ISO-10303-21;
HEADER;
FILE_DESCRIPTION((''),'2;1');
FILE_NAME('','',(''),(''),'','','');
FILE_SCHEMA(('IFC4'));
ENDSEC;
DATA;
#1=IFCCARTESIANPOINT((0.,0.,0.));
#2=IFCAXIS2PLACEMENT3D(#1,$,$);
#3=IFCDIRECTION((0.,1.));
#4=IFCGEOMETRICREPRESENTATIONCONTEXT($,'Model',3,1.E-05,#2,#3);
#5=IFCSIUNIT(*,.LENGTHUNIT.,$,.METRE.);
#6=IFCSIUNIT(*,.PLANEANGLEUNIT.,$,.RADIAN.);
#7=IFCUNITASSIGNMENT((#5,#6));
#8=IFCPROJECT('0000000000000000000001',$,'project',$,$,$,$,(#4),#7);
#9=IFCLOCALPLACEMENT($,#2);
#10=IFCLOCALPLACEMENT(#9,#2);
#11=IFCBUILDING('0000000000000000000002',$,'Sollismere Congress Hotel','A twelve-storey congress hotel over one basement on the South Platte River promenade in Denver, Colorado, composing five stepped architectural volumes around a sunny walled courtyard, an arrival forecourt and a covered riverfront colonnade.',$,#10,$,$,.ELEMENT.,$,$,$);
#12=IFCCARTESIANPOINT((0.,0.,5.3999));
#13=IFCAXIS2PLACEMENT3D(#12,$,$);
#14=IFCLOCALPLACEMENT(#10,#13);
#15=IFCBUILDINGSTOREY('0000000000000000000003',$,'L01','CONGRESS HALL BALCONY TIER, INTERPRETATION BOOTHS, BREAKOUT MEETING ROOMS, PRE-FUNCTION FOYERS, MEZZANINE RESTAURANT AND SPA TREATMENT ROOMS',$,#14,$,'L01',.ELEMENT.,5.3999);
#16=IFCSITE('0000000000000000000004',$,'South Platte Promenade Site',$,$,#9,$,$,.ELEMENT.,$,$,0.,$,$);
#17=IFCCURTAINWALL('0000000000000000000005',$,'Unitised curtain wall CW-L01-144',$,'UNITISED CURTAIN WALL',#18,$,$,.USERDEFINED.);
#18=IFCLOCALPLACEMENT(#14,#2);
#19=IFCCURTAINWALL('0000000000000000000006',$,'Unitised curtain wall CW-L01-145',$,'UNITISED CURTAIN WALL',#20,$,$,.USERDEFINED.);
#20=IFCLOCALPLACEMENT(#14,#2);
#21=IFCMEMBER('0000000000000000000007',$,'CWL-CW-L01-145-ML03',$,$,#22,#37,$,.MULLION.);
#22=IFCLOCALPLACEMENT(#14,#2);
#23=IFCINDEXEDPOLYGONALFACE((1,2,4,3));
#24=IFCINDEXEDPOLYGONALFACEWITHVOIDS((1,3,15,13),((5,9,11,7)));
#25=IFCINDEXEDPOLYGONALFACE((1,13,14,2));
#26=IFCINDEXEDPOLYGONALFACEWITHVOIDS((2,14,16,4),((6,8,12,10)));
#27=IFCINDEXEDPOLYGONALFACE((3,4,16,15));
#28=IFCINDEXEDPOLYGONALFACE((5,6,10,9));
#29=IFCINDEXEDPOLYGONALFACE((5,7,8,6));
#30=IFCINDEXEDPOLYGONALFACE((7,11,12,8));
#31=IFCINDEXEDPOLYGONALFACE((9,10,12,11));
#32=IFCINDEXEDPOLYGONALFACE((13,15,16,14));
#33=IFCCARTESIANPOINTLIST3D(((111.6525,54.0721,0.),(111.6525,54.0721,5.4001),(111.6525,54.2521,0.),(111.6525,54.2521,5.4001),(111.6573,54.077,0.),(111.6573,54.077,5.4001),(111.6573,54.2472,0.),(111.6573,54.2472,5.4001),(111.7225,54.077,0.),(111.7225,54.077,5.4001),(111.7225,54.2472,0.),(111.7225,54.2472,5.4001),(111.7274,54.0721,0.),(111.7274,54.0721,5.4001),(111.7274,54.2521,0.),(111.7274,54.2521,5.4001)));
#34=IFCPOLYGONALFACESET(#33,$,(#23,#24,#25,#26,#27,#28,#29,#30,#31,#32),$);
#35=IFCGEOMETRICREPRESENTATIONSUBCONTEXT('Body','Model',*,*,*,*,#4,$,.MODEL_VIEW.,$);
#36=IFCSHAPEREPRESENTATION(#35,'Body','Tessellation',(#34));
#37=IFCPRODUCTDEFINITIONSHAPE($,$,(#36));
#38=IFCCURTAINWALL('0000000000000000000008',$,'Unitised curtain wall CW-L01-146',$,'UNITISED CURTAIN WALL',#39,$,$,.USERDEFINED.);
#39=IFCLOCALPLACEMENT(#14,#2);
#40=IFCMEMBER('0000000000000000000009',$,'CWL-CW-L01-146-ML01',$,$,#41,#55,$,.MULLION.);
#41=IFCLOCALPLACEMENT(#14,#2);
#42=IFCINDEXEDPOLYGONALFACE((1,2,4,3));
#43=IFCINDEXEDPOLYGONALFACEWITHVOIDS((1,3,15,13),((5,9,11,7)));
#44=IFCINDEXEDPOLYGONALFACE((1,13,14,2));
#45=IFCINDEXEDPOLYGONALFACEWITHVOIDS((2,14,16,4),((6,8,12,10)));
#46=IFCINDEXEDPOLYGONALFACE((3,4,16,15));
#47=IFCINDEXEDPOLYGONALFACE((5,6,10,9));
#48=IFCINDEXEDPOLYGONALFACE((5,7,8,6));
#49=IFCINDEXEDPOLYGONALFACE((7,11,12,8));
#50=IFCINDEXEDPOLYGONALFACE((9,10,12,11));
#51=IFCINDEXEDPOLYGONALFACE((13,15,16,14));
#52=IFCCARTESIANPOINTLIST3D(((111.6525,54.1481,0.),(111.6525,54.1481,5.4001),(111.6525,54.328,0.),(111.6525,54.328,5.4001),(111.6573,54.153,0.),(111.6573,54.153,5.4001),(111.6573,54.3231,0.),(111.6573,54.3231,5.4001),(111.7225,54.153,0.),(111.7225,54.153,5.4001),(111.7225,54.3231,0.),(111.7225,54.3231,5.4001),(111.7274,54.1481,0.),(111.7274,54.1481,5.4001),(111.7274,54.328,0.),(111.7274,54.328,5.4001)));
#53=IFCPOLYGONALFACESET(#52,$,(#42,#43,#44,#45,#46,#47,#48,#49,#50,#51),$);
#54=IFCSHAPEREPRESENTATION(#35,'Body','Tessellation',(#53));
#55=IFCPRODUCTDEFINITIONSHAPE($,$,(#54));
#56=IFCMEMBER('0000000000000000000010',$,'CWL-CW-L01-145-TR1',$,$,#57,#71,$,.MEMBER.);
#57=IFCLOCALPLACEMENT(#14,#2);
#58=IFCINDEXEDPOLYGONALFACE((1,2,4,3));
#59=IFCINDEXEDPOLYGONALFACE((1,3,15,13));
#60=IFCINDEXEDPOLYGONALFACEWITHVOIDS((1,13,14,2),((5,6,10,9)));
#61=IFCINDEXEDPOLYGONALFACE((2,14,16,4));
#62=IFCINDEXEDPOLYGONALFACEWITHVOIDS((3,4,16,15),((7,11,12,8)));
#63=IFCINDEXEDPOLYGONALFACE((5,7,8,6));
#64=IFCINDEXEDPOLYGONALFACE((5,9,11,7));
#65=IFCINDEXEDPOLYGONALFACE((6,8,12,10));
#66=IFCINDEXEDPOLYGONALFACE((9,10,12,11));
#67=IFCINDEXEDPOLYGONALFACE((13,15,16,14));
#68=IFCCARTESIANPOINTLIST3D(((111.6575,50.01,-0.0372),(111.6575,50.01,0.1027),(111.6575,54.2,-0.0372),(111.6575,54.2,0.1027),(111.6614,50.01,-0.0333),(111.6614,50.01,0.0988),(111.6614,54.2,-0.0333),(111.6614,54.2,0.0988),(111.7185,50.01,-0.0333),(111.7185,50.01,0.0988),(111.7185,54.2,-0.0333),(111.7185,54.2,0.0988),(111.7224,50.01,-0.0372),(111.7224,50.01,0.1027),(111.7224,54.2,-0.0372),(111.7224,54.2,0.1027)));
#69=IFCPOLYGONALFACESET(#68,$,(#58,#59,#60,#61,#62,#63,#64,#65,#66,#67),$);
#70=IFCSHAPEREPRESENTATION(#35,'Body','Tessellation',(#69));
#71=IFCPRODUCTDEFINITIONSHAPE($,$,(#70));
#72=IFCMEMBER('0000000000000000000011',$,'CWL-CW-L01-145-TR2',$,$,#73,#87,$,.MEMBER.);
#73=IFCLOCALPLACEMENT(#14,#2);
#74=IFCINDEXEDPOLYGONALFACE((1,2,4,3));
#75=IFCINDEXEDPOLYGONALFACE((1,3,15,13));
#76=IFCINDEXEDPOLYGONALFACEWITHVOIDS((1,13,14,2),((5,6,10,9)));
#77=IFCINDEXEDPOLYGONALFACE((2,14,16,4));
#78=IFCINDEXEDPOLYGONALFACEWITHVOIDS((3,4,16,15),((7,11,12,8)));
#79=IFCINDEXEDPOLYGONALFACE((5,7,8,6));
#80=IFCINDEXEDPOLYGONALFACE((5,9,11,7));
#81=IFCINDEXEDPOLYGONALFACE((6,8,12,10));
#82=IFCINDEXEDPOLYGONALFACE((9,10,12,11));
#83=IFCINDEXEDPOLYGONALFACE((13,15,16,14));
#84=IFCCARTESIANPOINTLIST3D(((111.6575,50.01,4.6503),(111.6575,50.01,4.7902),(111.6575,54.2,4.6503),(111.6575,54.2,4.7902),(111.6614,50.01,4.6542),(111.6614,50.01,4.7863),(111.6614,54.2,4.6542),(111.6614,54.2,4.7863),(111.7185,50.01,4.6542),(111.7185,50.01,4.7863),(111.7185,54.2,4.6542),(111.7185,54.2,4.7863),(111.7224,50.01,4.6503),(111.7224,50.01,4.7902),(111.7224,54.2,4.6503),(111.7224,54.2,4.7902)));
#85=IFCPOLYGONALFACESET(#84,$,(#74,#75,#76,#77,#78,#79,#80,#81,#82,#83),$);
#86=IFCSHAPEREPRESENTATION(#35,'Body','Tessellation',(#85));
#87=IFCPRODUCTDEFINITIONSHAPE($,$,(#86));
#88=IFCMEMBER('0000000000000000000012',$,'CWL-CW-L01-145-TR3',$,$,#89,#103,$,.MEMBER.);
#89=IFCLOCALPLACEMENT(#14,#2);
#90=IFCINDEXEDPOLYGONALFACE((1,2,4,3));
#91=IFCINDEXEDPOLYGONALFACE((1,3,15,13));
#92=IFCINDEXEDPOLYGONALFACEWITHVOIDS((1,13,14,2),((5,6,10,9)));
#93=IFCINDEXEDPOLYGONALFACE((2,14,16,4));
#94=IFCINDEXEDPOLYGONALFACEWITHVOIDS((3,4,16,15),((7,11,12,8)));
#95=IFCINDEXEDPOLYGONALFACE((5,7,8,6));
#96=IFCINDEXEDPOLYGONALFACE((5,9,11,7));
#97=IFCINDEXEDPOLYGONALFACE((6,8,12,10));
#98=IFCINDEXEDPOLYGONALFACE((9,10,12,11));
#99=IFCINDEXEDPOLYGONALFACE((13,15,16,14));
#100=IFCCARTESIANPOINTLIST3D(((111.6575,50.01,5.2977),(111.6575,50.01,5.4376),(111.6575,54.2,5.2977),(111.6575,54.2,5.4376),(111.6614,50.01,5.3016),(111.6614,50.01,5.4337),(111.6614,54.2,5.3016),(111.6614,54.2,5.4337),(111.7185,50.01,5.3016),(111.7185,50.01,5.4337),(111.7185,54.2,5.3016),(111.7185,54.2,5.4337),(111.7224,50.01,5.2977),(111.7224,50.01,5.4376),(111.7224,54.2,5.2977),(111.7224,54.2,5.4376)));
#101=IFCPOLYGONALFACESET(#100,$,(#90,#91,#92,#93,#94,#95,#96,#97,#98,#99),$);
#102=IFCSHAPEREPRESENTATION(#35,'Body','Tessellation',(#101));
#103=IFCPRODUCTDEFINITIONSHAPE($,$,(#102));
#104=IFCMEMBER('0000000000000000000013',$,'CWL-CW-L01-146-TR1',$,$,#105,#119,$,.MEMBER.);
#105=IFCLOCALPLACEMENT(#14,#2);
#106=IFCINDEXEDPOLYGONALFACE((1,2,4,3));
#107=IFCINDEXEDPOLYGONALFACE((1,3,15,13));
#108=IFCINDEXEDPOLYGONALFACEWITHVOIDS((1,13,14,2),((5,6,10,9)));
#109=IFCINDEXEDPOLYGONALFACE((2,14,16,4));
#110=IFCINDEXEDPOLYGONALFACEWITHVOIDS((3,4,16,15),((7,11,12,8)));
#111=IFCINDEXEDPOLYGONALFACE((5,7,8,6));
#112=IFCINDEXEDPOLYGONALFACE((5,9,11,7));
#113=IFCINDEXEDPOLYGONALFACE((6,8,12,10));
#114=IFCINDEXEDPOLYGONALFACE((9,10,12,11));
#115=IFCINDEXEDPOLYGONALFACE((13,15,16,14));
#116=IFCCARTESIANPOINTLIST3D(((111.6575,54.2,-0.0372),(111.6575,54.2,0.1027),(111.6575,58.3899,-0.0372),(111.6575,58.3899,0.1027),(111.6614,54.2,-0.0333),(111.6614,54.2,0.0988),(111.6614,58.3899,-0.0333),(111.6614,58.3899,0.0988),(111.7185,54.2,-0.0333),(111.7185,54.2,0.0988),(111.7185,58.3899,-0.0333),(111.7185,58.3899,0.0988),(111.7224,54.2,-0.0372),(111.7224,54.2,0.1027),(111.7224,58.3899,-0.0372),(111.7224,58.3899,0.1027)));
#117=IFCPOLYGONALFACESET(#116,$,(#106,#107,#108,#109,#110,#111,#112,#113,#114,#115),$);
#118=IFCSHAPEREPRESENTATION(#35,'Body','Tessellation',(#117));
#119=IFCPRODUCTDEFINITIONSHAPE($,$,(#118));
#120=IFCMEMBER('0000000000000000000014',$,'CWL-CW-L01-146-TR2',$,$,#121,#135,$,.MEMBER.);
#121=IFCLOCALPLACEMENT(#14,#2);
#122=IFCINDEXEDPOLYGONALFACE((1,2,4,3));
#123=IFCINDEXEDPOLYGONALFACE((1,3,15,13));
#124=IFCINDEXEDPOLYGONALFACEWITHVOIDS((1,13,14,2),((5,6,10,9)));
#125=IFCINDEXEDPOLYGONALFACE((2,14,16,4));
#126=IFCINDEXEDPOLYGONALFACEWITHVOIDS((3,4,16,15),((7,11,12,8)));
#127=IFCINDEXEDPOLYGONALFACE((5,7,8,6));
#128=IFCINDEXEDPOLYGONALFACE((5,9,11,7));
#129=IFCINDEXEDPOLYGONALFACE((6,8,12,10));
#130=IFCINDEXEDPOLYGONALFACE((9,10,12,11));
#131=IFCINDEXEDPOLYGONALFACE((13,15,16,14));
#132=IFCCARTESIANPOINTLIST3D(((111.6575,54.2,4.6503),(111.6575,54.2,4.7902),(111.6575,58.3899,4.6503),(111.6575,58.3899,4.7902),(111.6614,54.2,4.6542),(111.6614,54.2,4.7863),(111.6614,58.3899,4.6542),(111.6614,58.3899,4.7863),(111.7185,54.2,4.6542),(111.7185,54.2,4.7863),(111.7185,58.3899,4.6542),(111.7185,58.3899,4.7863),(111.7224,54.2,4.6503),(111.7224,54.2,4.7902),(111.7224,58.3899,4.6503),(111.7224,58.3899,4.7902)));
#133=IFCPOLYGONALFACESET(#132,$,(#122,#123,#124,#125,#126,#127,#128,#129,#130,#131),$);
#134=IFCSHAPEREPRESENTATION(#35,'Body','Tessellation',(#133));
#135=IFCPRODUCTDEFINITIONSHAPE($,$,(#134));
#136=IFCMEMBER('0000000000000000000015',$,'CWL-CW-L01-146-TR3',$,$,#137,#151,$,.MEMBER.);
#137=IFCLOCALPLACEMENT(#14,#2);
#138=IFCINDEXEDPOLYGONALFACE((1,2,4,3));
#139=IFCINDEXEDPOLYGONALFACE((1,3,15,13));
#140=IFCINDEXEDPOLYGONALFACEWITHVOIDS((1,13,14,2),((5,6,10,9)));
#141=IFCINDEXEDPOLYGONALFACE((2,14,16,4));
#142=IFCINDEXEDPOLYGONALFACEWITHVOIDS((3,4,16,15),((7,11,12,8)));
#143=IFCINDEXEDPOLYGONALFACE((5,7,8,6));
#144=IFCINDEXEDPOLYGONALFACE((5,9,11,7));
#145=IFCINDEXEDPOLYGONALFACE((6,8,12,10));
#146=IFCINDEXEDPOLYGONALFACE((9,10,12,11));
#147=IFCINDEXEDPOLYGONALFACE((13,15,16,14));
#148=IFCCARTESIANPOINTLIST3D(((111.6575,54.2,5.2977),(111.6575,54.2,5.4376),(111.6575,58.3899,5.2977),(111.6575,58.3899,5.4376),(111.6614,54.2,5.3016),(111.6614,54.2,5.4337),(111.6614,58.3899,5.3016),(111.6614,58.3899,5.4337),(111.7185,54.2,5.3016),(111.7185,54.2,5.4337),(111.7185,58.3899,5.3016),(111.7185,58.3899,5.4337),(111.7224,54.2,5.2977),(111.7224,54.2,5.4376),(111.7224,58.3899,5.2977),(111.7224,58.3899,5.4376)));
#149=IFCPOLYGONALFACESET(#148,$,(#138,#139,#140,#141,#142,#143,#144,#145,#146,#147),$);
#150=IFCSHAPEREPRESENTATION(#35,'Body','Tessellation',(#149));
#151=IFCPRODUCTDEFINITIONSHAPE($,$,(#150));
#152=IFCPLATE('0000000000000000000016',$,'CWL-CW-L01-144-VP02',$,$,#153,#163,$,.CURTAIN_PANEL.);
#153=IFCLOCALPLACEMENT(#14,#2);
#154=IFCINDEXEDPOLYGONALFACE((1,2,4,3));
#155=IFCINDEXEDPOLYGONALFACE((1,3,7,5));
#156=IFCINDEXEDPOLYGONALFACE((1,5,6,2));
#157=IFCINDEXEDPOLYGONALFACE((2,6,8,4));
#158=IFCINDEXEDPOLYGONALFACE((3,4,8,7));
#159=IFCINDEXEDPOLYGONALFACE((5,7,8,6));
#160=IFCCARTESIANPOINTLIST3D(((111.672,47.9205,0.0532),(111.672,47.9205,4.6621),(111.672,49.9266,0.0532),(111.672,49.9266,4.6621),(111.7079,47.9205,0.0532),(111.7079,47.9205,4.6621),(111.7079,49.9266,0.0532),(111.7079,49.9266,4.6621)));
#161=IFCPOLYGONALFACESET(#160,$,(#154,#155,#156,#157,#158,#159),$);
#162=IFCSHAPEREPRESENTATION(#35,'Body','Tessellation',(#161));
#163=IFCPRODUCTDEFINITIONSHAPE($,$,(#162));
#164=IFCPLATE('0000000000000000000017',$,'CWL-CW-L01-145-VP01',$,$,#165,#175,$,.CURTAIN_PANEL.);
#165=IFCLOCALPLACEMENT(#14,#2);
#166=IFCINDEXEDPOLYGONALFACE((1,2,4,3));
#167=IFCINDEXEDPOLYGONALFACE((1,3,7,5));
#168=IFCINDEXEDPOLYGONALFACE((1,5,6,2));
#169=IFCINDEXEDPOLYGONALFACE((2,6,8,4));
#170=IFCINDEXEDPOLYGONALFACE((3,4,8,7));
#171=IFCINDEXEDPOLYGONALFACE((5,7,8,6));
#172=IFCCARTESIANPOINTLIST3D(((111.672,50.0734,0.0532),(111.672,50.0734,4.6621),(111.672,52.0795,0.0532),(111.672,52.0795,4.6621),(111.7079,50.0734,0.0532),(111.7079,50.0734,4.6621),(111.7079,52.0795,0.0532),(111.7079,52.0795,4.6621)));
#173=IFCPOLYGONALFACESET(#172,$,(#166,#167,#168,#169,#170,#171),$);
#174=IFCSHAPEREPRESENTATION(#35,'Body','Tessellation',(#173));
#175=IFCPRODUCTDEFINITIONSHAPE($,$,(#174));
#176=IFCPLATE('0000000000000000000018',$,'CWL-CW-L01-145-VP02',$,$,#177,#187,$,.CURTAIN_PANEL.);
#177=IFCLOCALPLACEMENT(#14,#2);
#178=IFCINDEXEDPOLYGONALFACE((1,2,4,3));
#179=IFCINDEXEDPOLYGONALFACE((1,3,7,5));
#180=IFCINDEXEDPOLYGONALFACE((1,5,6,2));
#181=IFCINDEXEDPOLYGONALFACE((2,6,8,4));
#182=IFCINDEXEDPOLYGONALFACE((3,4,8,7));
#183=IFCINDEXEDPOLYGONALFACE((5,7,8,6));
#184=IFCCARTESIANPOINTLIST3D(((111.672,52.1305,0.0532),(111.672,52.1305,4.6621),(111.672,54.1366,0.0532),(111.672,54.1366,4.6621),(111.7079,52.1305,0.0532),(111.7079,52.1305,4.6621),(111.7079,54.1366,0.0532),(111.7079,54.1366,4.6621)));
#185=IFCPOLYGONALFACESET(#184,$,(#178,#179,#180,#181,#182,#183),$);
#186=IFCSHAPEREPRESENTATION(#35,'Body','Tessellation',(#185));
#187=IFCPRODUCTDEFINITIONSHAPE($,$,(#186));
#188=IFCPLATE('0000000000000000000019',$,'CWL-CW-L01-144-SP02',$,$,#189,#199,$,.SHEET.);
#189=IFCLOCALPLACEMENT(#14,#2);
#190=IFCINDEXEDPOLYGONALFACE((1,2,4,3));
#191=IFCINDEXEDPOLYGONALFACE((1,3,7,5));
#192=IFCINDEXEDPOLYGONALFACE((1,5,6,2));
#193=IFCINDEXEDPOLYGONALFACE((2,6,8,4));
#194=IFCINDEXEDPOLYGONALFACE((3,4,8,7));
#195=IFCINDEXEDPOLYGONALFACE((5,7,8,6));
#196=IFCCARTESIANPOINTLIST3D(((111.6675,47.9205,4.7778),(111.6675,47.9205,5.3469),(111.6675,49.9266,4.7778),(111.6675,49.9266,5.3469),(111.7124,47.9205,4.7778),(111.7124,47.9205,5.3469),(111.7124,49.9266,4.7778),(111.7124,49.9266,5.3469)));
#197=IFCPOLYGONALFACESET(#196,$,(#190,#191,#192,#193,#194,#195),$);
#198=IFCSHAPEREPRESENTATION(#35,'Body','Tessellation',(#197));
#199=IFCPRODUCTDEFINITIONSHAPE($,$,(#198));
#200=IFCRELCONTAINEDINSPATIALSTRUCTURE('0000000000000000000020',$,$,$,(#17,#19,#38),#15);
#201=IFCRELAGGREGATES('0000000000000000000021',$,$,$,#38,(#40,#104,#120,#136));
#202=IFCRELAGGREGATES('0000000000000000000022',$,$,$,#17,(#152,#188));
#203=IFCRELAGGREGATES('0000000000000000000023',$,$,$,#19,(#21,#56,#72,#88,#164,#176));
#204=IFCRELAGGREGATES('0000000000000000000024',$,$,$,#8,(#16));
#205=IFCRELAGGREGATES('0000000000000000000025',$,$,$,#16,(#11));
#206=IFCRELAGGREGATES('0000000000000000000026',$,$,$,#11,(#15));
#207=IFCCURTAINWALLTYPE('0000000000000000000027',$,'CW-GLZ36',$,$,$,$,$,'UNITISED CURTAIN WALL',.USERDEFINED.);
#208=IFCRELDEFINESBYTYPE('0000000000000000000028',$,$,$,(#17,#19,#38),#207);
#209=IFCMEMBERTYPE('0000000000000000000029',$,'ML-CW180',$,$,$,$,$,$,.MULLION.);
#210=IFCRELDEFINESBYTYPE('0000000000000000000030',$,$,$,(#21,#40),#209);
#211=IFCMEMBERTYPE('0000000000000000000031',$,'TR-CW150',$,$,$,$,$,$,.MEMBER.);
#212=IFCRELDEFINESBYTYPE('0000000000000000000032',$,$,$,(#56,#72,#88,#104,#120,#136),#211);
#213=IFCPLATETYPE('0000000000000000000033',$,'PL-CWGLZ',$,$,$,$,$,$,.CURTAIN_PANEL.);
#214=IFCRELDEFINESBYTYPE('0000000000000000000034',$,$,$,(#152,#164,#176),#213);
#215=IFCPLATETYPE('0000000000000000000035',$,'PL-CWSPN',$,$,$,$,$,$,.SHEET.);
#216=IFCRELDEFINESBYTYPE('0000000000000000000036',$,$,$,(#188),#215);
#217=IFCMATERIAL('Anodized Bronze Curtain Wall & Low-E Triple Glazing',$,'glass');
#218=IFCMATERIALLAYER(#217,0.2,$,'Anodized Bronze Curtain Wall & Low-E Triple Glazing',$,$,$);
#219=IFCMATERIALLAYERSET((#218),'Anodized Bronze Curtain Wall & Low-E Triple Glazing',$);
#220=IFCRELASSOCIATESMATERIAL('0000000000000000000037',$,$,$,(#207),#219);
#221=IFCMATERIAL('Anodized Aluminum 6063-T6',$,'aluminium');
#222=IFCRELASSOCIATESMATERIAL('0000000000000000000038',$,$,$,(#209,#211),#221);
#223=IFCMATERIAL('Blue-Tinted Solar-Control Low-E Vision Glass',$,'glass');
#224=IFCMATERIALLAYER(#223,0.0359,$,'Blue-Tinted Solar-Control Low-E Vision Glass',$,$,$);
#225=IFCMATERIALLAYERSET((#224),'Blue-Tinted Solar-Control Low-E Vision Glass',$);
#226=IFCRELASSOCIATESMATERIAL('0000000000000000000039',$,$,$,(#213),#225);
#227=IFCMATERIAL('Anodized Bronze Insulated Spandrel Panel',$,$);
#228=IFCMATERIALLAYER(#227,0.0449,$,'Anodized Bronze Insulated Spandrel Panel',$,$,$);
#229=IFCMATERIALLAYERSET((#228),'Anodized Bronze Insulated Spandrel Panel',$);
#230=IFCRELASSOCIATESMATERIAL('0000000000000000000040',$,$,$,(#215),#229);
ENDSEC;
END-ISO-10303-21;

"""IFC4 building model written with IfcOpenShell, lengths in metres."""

from ifc_helpers import new_model, si_unit, direction, frame, origin, origin_2d, place, context, subcontext, project, spatial, rectangle, hollow_rectangle, extrude, material, layer, layer_set, material_profile, profile_set, type_object, element, aggregate, save


model = new_model("IFC4")

# Units and contexts
model_context = context("Model", 3, precision=1e-05, world=origin(), true_north=direction((0.0, 1.0)))
body_context = subcontext(model_context, "Body", "Model", "MODEL_VIEW")
ifc_project = project(units=[si_unit("LENGTHUNIT", "METRE"), si_unit("PLANEANGLEUNIT", "RADIAN")], contexts=[model_context])

# Site, building, storey
site_placement = place(None, origin())
site = spatial("IfcSite", under=ifc_project, at=site_placement, Name="South Platte Promenade Site", CompositionType="ELEMENT", RefElevation=0.0)
building_placement = place(site_placement, origin())
building = spatial("IfcBuilding", under=site, at=building_placement, Name="Sollismere Congress Hotel", Description="A twelve-storey congress hotel over one basement on the South Platte River promenade in Denver, Colorado, composing five stepped architectural volumes around a sunny walled courtyard, an arrival forecourt and a covered riverfront colonnade.", CompositionType="ELEMENT")
storey_placement = place(building_placement, frame((0.0, 0.0, 5.3999)))
storey = spatial("IfcBuildingStorey", under=building, at=storey_placement, Name="L01", Description="CONGRESS HALL BALCONY TIER, INTERPRETATION BOOTHS, BREAKOUT MEETING ROOMS, PRE-FUNCTION FOYERS, MEZZANINE RESTAURANT AND SPA TREATMENT ROOMS", LongName="L01", CompositionType="ELEMENT", Elevation=5.3999)

# Curtain wall
ifc_material_1 = material(Name="Anodized Bronze Curtain Wall & Low-E Triple Glazing", Category="glass")
ifc_layer_1 = layer(ifc_material_1, 0.2, Name="Anodized Bronze Curtain Wall & Low-E Triple Glazing")
ifc_layer_set_1 = layer_set([ifc_layer_1], Name="Anodized Bronze Curtain Wall & Low-E Triple Glazing")
curtain_wall_type = type_object("IfcCurtainWallType", Name="CW-GLZ36", ElementType="UNITISED CURTAIN WALL", PredefinedType="USERDEFINED", material=ifc_layer_set_1)
curtain_wall_1_placement = place(storey_placement, origin())
curtain_wall_1 = element("IfcCurtainWall", 1, at=curtain_wall_1_placement, inside=storey, type_object=curtain_wall_type, Name="Unitised curtain wall CW-L01-144", ObjectType="UNITISED CURTAIN WALL", PredefinedType="USERDEFINED")
ifc_material_2 = material(Name="Anodized Aluminum 6063-T6", Category="aluminium")
ifc_material_profile_1 = material_profile(ifc_material_2, hollow_rectangle(XDim=0.075, YDim=0.1799, WallThickness=0.0049, at=origin_2d()), Name="ALU180X75X5")
ifc_profile_set_1 = profile_set([ifc_material_profile_1], Name="Anodized Aluminum 6063-T6")
member_type_1 = type_object("IfcMemberType", Name="ML-CW180", PredefinedType="MULLION", material=ifc_profile_set_1)

# Curtain wall, member
curtain_wall_2_placement = place(storey_placement, origin())
curtain_wall_2 = element("IfcCurtainWall", 2, at=curtain_wall_2_placement, inside=storey, type_object=curtain_wall_type, Name="Unitised curtain wall CW-L01-145", ObjectType="UNITISED CURTAIN WALL", PredefinedType="USERDEFINED")
member_1_placement = place(storey_placement, frame((111.6899, 54.1621, 0.0), z_axis=(0.0, 0.0, 1.0), x_axis=(-1.0, 0.0, 0.0)))
member_1 = element("IfcMember", 3, at=member_1_placement, type_object=member_type_1, Name="CWL-CW-L01-145-ML03", PredefinedType="MULLION", context=body_context, shape_type="SweptSolid", body=[
    extrude(hollow_rectangle(XDim=0.075, YDim=0.1799, WallThickness=0.0049, at=origin_2d()), origin(), (0.0, 0.0, 1.0), 5.4001),
])

# Curtain wall, member
curtain_wall_3_placement = place(storey_placement, origin())
curtain_wall_3 = element("IfcCurtainWall", 4, at=curtain_wall_3_placement, inside=storey, type_object=curtain_wall_type, Name="Unitised curtain wall CW-L01-146", ObjectType="UNITISED CURTAIN WALL", PredefinedType="USERDEFINED")
member_2_placement = place(storey_placement, frame((111.6899, 54.238, 0.0), z_axis=(0.0, 0.0, 1.0), x_axis=(-1.0, 0.0, 0.0)))
member_2 = element("IfcMember", 5, at=member_2_placement, type_object=member_type_1, Name="CWL-CW-L01-146-ML01", PredefinedType="MULLION", context=body_context, shape_type="SweptSolid", body=[
    extrude(hollow_rectangle(XDim=0.075, YDim=0.1799, WallThickness=0.0049, at=origin_2d()), origin(), (0.0, 0.0, 1.0), 5.4001),
])

# Members
ifc_material_profile_2 = material_profile(ifc_material_2, hollow_rectangle(XDim=0.0649, YDim=0.1399, WallThickness=0.0039, at=origin_2d()), Name="ALU140X65X4")
ifc_profile_set_2 = profile_set([ifc_material_profile_2], Name="Anodized Aluminum 6063-T6")
member_type_2 = type_object("IfcMemberType", Name="TR-CW150", PredefinedType="MEMBER", material=ifc_profile_set_2)
member_3_placement = place(storey_placement, frame((111.6899, 50.01, 0.0327), z_axis=(0.0, 1.0, 0.0), x_axis=(-1.0, 0.0, 0.0)))
member_3 = element("IfcMember", 6, at=member_3_placement, type_object=member_type_2, Name="CWL-CW-L01-145-TR1", PredefinedType="MEMBER", context=body_context, shape_type="SweptSolid", body=[
    extrude(hollow_rectangle(XDim=0.0649, YDim=0.1399, WallThickness=0.0039, at=origin_2d()), origin(), (0.0, 0.0, 1.0), 4.1899),
])
member_4_placement = place(storey_placement, frame((111.6899, 50.01, 4.7202), z_axis=(0.0, 1.0, 0.0), x_axis=(-1.0, 0.0, 0.0)))
member_4 = element("IfcMember", 7, at=member_4_placement, type_object=member_type_2, Name="CWL-CW-L01-145-TR2", PredefinedType="MEMBER", context=body_context, shape_type="SweptSolid", body=[
    extrude(hollow_rectangle(XDim=0.0649, YDim=0.1399, WallThickness=0.0039, at=origin_2d()), origin(), (0.0, 0.0, 1.0), 4.1899),
])
member_5_placement = place(storey_placement, frame((111.6899, 50.01, 5.3677), z_axis=(0.0, 1.0, 0.0), x_axis=(-1.0, 0.0, 0.0)))
member_5 = element("IfcMember", 8, at=member_5_placement, type_object=member_type_2, Name="CWL-CW-L01-145-TR3", PredefinedType="MEMBER", context=body_context, shape_type="SweptSolid", body=[
    extrude(hollow_rectangle(XDim=0.0649, YDim=0.1399, WallThickness=0.0039, at=origin_2d()), origin(), (0.0, 0.0, 1.0), 4.1899),
])
member_6_placement = place(storey_placement, frame((111.6899, 54.2, 0.0327), z_axis=(0.0, 1.0, 0.0), x_axis=(-1.0, 0.0, 0.0)))
member_6 = element("IfcMember", 9, at=member_6_placement, type_object=member_type_2, Name="CWL-CW-L01-146-TR1", PredefinedType="MEMBER", context=body_context, shape_type="SweptSolid", body=[
    extrude(hollow_rectangle(XDim=0.0649, YDim=0.1399, WallThickness=0.0039, at=origin_2d()), origin(), (0.0, 0.0, 1.0), 4.1899),
])
member_7_placement = place(storey_placement, frame((111.6899, 54.2, 4.7202), z_axis=(0.0, 1.0, 0.0), x_axis=(-1.0, 0.0, 0.0)))
member_7 = element("IfcMember", 10, at=member_7_placement, type_object=member_type_2, Name="CWL-CW-L01-146-TR2", PredefinedType="MEMBER", context=body_context, shape_type="SweptSolid", body=[
    extrude(hollow_rectangle(XDim=0.0649, YDim=0.1399, WallThickness=0.0039, at=origin_2d()), origin(), (0.0, 0.0, 1.0), 4.1899),
])
member_8_placement = place(storey_placement, frame((111.6899, 54.2, 5.3677), z_axis=(0.0, 1.0, 0.0), x_axis=(-1.0, 0.0, 0.0)))
member_8 = element("IfcMember", 11, at=member_8_placement, type_object=member_type_2, Name="CWL-CW-L01-146-TR3", PredefinedType="MEMBER", context=body_context, shape_type="SweptSolid", body=[
    extrude(hollow_rectangle(XDim=0.0649, YDim=0.1399, WallThickness=0.0039, at=origin_2d()), origin(), (0.0, 0.0, 1.0), 4.1899),
])
aggregate(curtain_wall_3, [member_2, member_6, member_7, member_8])

# Plates
ifc_material_3 = material(Name="Blue-Tinted Solar-Control Low-E Vision Glass", Category="glass")
ifc_layer_2 = layer(ifc_material_3, 0.0359, Name="Blue-Tinted Solar-Control Low-E Vision Glass")
ifc_layer_set_2 = layer_set([ifc_layer_2], Name="Blue-Tinted Solar-Control Low-E Vision Glass")
plate_type_1 = type_object("IfcPlateType", Name="PL-CWGLZ", PredefinedType="CURTAIN_PANEL", material=ifc_layer_set_2)
plate_1_placement = place(storey_placement, frame((111.6899, 48.9236, 0.0532), z_axis=(0.0, 0.0, 1.0), x_axis=(0.0, 1.0, 0.0)))
plate_1 = element("IfcPlate", 12, at=plate_1_placement, type_object=plate_type_1, Name="CWL-CW-L01-144-VP02", PredefinedType="CURTAIN_PANEL", context=body_context, shape_type="SweptSolid", body=[
    extrude(rectangle(XDim=2.0061, YDim=0.0359, at=origin_2d()), origin(), (0.0, 0.0, 1.0), 4.6089),
])
plate_2_placement = place(storey_placement, frame((111.6899, 51.0764, 0.0532), z_axis=(0.0, 0.0, 1.0), x_axis=(0.0, 1.0, 0.0)))
plate_2 = element("IfcPlate", 13, at=plate_2_placement, type_object=plate_type_1, Name="CWL-CW-L01-145-VP01", PredefinedType="CURTAIN_PANEL", context=body_context, shape_type="SweptSolid", body=[
    extrude(rectangle(XDim=2.0061, YDim=0.0359, at=origin_2d()), origin(), (0.0, 0.0, 1.0), 4.6089),
])
plate_3_placement = place(storey_placement, frame((111.6899, 53.1335, 0.0532), z_axis=(0.0, 0.0, 1.0), x_axis=(0.0, 1.0, 0.0)))
plate_3 = element("IfcPlate", 14, at=plate_3_placement, type_object=plate_type_1, Name="CWL-CW-L01-145-VP02", PredefinedType="CURTAIN_PANEL", context=body_context, shape_type="SweptSolid", body=[
    extrude(rectangle(XDim=2.0061, YDim=0.0359, at=origin_2d()), origin(), (0.0, 0.0, 1.0), 4.6089),
])
ifc_material_4 = material(Name="Anodized Bronze Insulated Spandrel Panel")
ifc_layer_3 = layer(ifc_material_4, 0.0449, Name="Anodized Bronze Insulated Spandrel Panel")
ifc_layer_set_3 = layer_set([ifc_layer_3], Name="Anodized Bronze Insulated Spandrel Panel")
plate_type_2 = type_object("IfcPlateType", Name="PL-CWSPN", PredefinedType="SHEET", material=ifc_layer_set_3)
plate_4_placement = place(storey_placement, frame((111.6899, 48.9236, 4.7778), z_axis=(0.0, 0.0, 1.0), x_axis=(0.0, 1.0, 0.0)))
plate_4 = element("IfcPlate", 15, at=plate_4_placement, type_object=plate_type_2, Name="CWL-CW-L01-144-SP02", PredefinedType="SHEET", context=body_context, shape_type="SweptSolid", body=[
    extrude(rectangle(XDim=2.0061, YDim=0.0449, at=origin_2d()), origin(), (0.0, 0.0, 1.0), 0.5691),
])
aggregate(curtain_wall_1, [plate_1, plate_4])
aggregate(curtain_wall_2, [member_1, member_3, member_4, member_5, plate_2, plate_3])

save(model, "model.ifc")
